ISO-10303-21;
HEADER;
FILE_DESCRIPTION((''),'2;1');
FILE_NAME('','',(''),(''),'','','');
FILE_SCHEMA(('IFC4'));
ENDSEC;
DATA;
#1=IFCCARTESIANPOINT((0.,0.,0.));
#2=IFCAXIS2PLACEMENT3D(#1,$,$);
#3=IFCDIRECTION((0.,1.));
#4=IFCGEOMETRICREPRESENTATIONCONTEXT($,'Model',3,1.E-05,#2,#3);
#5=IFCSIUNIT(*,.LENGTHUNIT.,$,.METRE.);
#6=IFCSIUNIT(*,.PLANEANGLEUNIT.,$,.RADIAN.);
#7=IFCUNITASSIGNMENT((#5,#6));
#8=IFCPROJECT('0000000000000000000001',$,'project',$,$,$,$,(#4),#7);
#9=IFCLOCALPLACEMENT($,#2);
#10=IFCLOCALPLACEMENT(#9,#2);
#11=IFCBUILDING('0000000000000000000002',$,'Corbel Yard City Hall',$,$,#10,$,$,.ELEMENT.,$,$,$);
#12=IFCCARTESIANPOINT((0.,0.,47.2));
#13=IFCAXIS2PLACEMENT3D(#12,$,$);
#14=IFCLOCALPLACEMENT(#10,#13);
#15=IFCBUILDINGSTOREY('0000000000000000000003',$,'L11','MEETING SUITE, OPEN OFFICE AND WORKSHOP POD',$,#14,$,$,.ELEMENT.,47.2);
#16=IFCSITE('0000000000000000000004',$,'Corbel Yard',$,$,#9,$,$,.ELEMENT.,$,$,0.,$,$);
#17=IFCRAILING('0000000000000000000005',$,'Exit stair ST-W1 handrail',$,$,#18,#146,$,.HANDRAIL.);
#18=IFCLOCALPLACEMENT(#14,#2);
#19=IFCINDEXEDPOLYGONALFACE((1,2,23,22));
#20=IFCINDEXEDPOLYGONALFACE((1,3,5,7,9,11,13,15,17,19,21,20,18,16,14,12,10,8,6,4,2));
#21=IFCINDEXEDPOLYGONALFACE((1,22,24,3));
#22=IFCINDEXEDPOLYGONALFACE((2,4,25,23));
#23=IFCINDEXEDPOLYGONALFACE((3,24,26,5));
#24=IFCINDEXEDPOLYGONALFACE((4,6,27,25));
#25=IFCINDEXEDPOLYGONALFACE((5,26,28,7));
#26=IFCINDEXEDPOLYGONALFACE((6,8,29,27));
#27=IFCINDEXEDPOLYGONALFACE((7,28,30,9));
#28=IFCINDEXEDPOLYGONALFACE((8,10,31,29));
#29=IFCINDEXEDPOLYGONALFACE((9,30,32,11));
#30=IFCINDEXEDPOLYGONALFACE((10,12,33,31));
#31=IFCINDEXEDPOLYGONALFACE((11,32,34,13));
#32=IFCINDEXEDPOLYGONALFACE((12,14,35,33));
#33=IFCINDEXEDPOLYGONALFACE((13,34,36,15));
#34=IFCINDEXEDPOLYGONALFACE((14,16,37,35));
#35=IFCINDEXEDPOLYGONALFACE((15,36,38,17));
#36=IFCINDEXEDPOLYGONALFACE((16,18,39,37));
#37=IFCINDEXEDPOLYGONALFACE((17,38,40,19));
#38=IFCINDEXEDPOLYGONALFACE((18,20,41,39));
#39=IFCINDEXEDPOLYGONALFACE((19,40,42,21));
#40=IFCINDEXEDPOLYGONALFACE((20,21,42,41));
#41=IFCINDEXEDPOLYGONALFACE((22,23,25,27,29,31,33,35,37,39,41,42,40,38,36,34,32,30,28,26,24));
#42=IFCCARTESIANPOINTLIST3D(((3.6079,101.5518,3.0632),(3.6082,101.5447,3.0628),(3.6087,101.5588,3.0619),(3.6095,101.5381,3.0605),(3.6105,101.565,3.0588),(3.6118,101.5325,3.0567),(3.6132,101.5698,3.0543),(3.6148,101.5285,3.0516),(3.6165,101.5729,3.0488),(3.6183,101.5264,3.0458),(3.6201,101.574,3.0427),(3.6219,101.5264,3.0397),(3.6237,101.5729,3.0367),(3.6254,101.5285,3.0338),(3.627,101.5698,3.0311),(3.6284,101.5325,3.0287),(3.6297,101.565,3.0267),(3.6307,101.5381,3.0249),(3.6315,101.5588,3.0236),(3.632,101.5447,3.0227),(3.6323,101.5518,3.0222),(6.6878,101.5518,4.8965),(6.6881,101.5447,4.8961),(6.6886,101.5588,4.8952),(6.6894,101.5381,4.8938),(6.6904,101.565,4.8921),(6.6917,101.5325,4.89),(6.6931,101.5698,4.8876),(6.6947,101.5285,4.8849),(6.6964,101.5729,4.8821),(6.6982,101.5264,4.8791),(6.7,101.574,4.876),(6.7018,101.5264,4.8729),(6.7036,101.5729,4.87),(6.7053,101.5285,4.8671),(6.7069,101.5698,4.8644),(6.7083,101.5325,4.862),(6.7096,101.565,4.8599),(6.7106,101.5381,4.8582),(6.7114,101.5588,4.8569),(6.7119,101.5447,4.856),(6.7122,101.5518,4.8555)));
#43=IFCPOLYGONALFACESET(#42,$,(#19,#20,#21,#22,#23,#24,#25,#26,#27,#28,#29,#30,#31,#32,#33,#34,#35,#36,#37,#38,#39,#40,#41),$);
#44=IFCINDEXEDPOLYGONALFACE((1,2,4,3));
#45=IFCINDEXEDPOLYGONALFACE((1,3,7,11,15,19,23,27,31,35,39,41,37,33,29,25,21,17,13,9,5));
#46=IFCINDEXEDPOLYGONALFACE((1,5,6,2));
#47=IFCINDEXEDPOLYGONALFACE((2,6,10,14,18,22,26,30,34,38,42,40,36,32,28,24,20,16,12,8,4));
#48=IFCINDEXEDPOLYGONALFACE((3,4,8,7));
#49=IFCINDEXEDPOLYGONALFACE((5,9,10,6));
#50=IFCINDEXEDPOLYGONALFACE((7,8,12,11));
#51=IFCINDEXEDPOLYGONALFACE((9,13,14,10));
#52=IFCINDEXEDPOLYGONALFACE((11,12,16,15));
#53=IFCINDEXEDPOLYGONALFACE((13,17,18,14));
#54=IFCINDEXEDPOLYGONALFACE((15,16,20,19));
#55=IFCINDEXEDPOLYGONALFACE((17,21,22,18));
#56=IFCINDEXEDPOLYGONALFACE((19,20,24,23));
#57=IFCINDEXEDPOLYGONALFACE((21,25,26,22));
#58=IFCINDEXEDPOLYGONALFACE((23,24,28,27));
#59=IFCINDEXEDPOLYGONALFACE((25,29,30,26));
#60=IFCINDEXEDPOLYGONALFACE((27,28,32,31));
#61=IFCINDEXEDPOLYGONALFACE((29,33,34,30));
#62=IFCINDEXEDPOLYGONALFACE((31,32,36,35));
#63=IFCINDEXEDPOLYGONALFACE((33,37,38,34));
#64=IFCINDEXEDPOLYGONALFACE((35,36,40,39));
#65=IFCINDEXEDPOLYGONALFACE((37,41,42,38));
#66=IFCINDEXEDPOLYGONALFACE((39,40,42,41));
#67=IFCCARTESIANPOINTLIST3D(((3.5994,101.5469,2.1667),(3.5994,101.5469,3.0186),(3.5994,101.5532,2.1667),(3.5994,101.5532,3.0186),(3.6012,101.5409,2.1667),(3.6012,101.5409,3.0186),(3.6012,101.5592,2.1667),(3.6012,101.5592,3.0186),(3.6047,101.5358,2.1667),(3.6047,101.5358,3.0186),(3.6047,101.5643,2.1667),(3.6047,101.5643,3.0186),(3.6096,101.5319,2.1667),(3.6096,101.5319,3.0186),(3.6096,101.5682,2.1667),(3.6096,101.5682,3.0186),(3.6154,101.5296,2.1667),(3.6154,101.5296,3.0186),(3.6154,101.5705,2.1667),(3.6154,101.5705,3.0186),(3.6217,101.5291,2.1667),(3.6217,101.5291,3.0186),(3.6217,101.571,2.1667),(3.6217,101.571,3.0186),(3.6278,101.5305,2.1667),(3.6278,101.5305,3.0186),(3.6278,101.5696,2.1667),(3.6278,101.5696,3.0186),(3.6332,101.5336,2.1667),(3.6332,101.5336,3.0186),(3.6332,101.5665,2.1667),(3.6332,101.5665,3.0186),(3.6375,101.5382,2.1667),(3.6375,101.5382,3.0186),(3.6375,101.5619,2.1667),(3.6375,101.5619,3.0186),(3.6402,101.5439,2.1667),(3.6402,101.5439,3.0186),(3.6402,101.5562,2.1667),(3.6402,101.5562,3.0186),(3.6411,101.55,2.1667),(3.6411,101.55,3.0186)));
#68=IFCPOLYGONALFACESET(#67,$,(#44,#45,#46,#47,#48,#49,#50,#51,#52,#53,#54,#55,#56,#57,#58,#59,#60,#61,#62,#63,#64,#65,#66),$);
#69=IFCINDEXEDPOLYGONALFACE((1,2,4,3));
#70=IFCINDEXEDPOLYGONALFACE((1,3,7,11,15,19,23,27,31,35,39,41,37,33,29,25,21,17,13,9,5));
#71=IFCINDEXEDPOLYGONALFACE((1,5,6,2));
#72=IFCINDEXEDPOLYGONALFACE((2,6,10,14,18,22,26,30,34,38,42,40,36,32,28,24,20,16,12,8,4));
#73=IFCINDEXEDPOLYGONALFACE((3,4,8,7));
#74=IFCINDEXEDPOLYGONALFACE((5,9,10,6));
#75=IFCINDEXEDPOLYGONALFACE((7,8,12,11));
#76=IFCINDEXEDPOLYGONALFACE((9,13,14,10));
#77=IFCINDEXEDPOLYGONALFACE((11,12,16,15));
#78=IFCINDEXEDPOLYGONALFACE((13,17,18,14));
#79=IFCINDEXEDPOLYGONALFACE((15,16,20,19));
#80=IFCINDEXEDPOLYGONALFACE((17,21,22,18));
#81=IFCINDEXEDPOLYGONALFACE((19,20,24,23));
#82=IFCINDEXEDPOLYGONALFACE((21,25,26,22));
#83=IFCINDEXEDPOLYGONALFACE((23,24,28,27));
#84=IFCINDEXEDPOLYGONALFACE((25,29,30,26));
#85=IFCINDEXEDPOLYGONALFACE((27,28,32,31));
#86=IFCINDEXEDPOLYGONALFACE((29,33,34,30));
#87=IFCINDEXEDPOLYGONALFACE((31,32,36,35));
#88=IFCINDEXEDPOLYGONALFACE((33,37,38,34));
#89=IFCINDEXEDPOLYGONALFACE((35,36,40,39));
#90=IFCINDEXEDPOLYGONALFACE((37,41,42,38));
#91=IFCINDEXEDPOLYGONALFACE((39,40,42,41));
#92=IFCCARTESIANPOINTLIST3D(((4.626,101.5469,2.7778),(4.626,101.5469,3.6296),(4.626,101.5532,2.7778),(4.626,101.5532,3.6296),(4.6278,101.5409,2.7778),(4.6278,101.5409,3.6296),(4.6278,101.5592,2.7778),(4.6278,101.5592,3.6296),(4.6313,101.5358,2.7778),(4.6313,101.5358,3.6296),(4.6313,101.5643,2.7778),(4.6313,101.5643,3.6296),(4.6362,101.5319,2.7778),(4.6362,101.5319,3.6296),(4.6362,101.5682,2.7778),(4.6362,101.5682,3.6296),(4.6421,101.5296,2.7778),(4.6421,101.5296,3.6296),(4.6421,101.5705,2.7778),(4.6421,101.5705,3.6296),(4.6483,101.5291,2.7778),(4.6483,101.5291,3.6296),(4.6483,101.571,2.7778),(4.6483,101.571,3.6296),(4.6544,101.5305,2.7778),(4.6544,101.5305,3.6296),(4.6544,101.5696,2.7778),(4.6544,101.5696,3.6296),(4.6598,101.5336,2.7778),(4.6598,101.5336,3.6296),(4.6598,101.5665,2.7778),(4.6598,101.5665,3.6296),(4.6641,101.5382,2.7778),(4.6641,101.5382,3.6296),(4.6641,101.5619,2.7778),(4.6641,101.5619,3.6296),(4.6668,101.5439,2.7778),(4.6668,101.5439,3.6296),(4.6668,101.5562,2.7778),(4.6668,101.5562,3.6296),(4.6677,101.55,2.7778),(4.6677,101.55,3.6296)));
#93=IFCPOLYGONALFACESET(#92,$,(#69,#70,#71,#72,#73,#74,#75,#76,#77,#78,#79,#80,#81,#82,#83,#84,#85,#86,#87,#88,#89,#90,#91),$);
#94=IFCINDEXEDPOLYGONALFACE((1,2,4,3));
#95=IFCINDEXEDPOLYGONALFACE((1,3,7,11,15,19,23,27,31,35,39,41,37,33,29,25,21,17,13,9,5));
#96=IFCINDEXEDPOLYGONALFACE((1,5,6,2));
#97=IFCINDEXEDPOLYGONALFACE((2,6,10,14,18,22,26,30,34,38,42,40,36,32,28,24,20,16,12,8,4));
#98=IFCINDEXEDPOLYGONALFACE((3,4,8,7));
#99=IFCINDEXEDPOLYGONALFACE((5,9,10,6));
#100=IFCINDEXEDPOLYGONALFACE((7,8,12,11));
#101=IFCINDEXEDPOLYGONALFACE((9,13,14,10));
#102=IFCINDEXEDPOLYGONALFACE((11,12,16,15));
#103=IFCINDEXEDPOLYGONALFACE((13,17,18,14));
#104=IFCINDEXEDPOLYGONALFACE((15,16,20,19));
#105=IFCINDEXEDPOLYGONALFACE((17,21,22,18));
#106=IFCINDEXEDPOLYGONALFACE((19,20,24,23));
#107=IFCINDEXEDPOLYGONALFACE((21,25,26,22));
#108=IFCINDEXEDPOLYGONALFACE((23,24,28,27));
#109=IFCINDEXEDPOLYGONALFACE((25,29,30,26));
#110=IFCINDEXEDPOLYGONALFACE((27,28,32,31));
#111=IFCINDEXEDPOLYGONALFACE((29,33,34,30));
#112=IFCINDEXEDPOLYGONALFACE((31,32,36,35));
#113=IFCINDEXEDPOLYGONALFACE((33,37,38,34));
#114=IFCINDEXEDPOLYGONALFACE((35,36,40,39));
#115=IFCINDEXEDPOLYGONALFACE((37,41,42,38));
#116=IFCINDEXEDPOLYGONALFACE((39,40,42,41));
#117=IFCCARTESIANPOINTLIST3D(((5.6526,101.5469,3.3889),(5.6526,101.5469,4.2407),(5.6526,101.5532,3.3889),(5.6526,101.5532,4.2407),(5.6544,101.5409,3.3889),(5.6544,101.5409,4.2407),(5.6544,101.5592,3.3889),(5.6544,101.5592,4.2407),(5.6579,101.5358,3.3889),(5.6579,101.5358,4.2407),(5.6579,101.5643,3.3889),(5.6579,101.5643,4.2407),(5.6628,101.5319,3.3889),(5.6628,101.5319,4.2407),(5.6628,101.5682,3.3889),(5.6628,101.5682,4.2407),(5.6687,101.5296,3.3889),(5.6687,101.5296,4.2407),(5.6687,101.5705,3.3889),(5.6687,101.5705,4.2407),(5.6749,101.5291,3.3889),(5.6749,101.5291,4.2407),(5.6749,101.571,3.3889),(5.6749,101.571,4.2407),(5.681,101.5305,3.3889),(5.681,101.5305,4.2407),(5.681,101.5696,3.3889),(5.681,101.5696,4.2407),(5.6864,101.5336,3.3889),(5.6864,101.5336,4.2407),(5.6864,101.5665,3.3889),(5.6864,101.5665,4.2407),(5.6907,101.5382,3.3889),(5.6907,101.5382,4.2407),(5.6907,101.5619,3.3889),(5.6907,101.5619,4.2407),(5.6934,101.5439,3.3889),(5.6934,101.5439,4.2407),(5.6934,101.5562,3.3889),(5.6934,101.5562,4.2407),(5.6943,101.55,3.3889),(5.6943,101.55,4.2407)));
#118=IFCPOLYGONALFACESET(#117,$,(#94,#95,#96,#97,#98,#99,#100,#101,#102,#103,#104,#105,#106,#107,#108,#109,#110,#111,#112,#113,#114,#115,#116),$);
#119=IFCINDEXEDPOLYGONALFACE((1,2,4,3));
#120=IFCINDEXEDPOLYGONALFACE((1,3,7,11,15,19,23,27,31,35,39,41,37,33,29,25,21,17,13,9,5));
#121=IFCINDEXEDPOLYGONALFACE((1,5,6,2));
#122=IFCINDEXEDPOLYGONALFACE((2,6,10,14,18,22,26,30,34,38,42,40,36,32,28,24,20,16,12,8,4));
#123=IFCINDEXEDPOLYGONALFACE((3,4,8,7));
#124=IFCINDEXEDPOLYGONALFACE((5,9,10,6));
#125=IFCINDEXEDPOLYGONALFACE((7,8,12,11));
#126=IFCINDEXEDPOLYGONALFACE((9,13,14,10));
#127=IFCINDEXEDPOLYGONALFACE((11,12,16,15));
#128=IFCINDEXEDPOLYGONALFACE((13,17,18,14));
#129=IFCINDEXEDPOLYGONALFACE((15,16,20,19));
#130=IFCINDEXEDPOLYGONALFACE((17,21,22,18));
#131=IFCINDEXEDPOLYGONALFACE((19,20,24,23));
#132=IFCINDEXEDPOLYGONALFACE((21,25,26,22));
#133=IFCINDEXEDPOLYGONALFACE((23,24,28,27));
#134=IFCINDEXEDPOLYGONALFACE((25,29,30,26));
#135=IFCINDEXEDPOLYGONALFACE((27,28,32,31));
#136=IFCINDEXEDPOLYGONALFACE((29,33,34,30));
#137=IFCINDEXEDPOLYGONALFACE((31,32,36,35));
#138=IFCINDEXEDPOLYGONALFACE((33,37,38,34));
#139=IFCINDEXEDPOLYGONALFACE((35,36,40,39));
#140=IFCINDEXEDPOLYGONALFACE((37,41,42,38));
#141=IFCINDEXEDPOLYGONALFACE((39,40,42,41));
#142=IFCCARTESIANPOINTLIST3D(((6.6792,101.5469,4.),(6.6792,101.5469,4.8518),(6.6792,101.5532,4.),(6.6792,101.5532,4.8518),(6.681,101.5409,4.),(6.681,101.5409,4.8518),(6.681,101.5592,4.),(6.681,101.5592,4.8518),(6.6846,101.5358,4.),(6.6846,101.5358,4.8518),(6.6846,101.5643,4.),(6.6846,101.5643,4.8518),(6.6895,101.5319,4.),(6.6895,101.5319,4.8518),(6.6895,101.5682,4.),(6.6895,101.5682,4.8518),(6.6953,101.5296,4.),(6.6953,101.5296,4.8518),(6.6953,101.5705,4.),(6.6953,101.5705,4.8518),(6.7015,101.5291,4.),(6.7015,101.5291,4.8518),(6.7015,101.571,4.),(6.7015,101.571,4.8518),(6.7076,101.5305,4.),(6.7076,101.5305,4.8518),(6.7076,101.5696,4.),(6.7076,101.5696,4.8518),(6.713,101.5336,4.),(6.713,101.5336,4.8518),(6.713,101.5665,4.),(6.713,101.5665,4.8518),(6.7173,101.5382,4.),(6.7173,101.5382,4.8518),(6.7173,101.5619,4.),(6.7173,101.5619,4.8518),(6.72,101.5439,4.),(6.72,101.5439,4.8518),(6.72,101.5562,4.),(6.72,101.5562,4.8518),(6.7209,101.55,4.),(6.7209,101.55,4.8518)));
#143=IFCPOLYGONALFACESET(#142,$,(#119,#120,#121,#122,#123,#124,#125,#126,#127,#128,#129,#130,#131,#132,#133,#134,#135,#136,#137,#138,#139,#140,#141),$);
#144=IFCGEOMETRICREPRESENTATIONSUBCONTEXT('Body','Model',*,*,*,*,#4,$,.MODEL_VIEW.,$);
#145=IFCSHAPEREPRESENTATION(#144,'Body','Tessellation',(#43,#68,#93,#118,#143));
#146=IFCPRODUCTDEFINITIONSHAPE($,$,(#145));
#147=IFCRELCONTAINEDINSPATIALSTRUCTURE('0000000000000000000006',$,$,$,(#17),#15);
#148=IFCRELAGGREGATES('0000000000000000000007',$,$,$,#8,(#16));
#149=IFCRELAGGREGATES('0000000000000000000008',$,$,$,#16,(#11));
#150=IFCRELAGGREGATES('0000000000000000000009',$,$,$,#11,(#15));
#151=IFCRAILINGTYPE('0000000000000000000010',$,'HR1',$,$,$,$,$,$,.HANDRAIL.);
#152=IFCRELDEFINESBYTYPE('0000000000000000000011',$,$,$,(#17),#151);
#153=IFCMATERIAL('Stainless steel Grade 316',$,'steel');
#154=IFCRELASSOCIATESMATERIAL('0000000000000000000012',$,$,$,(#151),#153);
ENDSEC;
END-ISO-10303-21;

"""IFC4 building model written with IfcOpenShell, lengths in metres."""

from ifc_helpers import new_model, si_unit, direction, frame, origin, origin_2d, place, context, subcontext, project, spatial, circle, extrude, material, type_object, element, save


model = new_model("IFC4")

# Units and contexts
model_context = context("Model", 3, precision=1e-05, world=origin(), true_north=direction((0.0, 1.0)))
body_context = subcontext(model_context, "Body", "Model", "MODEL_VIEW")
ifc_project = project(units=[si_unit("LENGTHUNIT", "METRE"), si_unit("PLANEANGLEUNIT", "RADIAN")], contexts=[model_context])

# Site, building, storey
site_placement = place(None, origin())
site = spatial("IfcSite", under=ifc_project, at=site_placement, Name="Corbel Yard", CompositionType="ELEMENT", RefElevation=0.0)
building_placement = place(site_placement, origin())
building = spatial("IfcBuilding", under=site, at=building_placement, Name="Corbel Yard City Hall", CompositionType="ELEMENT")
storey_placement = place(building_placement, frame((0.0, 0.0, 47.2)))
storey = spatial("IfcBuildingStorey", under=building, at=storey_placement, Name="L11", Description="MEETING SUITE, OPEN OFFICE AND WORKSHOP POD", CompositionType="ELEMENT", Elevation=47.2)

# Railing
ifc_material_1 = material(Name="Stainless steel Grade 316", Category="steel")
railing_type = type_object("IfcRailingType", Name="HR1", PredefinedType="HANDRAIL", material=ifc_material_1)
railing_placement = place(storey_placement, frame((3.6201, 101.55, 2.1667)))
element("IfcRailing", 1, at=railing_placement, inside=storey, type_object=railing_type, Name="Exit stair ST-W1 handrail", PredefinedType="HANDRAIL", context=body_context, shape_type="SweptSolid", body=[
    extrude(circle(Radius=0.0239, at=origin_2d()), frame((0.0, 0.0, 0.876), z_axis=(0.859291, 0.0, 0.511487), x_axis=(0.0, 1.0, 0.0)), (0.0, 0.0, 1.0), 3.5842),
    extrude(circle(Radius=0.021, at=origin_2d()), origin(), (0.0, 0.0, 1.0), 0.8518),
    extrude(circle(Radius=0.021, at=origin_2d()), frame((1.0266, 0.0, 0.6111)), (0.0, 0.0, 1.0), 0.8518),
    extrude(circle(Radius=0.021, at=origin_2d()), frame((2.0532, 0.0, 1.2222)), (0.0, 0.0, 1.0), 0.8518),
    extrude(circle(Radius=0.021, at=origin_2d()), frame((3.0798, 0.0, 1.8333)), (0.0, 0.0, 1.0), 0.8518),
])

save(model, "model.ifc")
